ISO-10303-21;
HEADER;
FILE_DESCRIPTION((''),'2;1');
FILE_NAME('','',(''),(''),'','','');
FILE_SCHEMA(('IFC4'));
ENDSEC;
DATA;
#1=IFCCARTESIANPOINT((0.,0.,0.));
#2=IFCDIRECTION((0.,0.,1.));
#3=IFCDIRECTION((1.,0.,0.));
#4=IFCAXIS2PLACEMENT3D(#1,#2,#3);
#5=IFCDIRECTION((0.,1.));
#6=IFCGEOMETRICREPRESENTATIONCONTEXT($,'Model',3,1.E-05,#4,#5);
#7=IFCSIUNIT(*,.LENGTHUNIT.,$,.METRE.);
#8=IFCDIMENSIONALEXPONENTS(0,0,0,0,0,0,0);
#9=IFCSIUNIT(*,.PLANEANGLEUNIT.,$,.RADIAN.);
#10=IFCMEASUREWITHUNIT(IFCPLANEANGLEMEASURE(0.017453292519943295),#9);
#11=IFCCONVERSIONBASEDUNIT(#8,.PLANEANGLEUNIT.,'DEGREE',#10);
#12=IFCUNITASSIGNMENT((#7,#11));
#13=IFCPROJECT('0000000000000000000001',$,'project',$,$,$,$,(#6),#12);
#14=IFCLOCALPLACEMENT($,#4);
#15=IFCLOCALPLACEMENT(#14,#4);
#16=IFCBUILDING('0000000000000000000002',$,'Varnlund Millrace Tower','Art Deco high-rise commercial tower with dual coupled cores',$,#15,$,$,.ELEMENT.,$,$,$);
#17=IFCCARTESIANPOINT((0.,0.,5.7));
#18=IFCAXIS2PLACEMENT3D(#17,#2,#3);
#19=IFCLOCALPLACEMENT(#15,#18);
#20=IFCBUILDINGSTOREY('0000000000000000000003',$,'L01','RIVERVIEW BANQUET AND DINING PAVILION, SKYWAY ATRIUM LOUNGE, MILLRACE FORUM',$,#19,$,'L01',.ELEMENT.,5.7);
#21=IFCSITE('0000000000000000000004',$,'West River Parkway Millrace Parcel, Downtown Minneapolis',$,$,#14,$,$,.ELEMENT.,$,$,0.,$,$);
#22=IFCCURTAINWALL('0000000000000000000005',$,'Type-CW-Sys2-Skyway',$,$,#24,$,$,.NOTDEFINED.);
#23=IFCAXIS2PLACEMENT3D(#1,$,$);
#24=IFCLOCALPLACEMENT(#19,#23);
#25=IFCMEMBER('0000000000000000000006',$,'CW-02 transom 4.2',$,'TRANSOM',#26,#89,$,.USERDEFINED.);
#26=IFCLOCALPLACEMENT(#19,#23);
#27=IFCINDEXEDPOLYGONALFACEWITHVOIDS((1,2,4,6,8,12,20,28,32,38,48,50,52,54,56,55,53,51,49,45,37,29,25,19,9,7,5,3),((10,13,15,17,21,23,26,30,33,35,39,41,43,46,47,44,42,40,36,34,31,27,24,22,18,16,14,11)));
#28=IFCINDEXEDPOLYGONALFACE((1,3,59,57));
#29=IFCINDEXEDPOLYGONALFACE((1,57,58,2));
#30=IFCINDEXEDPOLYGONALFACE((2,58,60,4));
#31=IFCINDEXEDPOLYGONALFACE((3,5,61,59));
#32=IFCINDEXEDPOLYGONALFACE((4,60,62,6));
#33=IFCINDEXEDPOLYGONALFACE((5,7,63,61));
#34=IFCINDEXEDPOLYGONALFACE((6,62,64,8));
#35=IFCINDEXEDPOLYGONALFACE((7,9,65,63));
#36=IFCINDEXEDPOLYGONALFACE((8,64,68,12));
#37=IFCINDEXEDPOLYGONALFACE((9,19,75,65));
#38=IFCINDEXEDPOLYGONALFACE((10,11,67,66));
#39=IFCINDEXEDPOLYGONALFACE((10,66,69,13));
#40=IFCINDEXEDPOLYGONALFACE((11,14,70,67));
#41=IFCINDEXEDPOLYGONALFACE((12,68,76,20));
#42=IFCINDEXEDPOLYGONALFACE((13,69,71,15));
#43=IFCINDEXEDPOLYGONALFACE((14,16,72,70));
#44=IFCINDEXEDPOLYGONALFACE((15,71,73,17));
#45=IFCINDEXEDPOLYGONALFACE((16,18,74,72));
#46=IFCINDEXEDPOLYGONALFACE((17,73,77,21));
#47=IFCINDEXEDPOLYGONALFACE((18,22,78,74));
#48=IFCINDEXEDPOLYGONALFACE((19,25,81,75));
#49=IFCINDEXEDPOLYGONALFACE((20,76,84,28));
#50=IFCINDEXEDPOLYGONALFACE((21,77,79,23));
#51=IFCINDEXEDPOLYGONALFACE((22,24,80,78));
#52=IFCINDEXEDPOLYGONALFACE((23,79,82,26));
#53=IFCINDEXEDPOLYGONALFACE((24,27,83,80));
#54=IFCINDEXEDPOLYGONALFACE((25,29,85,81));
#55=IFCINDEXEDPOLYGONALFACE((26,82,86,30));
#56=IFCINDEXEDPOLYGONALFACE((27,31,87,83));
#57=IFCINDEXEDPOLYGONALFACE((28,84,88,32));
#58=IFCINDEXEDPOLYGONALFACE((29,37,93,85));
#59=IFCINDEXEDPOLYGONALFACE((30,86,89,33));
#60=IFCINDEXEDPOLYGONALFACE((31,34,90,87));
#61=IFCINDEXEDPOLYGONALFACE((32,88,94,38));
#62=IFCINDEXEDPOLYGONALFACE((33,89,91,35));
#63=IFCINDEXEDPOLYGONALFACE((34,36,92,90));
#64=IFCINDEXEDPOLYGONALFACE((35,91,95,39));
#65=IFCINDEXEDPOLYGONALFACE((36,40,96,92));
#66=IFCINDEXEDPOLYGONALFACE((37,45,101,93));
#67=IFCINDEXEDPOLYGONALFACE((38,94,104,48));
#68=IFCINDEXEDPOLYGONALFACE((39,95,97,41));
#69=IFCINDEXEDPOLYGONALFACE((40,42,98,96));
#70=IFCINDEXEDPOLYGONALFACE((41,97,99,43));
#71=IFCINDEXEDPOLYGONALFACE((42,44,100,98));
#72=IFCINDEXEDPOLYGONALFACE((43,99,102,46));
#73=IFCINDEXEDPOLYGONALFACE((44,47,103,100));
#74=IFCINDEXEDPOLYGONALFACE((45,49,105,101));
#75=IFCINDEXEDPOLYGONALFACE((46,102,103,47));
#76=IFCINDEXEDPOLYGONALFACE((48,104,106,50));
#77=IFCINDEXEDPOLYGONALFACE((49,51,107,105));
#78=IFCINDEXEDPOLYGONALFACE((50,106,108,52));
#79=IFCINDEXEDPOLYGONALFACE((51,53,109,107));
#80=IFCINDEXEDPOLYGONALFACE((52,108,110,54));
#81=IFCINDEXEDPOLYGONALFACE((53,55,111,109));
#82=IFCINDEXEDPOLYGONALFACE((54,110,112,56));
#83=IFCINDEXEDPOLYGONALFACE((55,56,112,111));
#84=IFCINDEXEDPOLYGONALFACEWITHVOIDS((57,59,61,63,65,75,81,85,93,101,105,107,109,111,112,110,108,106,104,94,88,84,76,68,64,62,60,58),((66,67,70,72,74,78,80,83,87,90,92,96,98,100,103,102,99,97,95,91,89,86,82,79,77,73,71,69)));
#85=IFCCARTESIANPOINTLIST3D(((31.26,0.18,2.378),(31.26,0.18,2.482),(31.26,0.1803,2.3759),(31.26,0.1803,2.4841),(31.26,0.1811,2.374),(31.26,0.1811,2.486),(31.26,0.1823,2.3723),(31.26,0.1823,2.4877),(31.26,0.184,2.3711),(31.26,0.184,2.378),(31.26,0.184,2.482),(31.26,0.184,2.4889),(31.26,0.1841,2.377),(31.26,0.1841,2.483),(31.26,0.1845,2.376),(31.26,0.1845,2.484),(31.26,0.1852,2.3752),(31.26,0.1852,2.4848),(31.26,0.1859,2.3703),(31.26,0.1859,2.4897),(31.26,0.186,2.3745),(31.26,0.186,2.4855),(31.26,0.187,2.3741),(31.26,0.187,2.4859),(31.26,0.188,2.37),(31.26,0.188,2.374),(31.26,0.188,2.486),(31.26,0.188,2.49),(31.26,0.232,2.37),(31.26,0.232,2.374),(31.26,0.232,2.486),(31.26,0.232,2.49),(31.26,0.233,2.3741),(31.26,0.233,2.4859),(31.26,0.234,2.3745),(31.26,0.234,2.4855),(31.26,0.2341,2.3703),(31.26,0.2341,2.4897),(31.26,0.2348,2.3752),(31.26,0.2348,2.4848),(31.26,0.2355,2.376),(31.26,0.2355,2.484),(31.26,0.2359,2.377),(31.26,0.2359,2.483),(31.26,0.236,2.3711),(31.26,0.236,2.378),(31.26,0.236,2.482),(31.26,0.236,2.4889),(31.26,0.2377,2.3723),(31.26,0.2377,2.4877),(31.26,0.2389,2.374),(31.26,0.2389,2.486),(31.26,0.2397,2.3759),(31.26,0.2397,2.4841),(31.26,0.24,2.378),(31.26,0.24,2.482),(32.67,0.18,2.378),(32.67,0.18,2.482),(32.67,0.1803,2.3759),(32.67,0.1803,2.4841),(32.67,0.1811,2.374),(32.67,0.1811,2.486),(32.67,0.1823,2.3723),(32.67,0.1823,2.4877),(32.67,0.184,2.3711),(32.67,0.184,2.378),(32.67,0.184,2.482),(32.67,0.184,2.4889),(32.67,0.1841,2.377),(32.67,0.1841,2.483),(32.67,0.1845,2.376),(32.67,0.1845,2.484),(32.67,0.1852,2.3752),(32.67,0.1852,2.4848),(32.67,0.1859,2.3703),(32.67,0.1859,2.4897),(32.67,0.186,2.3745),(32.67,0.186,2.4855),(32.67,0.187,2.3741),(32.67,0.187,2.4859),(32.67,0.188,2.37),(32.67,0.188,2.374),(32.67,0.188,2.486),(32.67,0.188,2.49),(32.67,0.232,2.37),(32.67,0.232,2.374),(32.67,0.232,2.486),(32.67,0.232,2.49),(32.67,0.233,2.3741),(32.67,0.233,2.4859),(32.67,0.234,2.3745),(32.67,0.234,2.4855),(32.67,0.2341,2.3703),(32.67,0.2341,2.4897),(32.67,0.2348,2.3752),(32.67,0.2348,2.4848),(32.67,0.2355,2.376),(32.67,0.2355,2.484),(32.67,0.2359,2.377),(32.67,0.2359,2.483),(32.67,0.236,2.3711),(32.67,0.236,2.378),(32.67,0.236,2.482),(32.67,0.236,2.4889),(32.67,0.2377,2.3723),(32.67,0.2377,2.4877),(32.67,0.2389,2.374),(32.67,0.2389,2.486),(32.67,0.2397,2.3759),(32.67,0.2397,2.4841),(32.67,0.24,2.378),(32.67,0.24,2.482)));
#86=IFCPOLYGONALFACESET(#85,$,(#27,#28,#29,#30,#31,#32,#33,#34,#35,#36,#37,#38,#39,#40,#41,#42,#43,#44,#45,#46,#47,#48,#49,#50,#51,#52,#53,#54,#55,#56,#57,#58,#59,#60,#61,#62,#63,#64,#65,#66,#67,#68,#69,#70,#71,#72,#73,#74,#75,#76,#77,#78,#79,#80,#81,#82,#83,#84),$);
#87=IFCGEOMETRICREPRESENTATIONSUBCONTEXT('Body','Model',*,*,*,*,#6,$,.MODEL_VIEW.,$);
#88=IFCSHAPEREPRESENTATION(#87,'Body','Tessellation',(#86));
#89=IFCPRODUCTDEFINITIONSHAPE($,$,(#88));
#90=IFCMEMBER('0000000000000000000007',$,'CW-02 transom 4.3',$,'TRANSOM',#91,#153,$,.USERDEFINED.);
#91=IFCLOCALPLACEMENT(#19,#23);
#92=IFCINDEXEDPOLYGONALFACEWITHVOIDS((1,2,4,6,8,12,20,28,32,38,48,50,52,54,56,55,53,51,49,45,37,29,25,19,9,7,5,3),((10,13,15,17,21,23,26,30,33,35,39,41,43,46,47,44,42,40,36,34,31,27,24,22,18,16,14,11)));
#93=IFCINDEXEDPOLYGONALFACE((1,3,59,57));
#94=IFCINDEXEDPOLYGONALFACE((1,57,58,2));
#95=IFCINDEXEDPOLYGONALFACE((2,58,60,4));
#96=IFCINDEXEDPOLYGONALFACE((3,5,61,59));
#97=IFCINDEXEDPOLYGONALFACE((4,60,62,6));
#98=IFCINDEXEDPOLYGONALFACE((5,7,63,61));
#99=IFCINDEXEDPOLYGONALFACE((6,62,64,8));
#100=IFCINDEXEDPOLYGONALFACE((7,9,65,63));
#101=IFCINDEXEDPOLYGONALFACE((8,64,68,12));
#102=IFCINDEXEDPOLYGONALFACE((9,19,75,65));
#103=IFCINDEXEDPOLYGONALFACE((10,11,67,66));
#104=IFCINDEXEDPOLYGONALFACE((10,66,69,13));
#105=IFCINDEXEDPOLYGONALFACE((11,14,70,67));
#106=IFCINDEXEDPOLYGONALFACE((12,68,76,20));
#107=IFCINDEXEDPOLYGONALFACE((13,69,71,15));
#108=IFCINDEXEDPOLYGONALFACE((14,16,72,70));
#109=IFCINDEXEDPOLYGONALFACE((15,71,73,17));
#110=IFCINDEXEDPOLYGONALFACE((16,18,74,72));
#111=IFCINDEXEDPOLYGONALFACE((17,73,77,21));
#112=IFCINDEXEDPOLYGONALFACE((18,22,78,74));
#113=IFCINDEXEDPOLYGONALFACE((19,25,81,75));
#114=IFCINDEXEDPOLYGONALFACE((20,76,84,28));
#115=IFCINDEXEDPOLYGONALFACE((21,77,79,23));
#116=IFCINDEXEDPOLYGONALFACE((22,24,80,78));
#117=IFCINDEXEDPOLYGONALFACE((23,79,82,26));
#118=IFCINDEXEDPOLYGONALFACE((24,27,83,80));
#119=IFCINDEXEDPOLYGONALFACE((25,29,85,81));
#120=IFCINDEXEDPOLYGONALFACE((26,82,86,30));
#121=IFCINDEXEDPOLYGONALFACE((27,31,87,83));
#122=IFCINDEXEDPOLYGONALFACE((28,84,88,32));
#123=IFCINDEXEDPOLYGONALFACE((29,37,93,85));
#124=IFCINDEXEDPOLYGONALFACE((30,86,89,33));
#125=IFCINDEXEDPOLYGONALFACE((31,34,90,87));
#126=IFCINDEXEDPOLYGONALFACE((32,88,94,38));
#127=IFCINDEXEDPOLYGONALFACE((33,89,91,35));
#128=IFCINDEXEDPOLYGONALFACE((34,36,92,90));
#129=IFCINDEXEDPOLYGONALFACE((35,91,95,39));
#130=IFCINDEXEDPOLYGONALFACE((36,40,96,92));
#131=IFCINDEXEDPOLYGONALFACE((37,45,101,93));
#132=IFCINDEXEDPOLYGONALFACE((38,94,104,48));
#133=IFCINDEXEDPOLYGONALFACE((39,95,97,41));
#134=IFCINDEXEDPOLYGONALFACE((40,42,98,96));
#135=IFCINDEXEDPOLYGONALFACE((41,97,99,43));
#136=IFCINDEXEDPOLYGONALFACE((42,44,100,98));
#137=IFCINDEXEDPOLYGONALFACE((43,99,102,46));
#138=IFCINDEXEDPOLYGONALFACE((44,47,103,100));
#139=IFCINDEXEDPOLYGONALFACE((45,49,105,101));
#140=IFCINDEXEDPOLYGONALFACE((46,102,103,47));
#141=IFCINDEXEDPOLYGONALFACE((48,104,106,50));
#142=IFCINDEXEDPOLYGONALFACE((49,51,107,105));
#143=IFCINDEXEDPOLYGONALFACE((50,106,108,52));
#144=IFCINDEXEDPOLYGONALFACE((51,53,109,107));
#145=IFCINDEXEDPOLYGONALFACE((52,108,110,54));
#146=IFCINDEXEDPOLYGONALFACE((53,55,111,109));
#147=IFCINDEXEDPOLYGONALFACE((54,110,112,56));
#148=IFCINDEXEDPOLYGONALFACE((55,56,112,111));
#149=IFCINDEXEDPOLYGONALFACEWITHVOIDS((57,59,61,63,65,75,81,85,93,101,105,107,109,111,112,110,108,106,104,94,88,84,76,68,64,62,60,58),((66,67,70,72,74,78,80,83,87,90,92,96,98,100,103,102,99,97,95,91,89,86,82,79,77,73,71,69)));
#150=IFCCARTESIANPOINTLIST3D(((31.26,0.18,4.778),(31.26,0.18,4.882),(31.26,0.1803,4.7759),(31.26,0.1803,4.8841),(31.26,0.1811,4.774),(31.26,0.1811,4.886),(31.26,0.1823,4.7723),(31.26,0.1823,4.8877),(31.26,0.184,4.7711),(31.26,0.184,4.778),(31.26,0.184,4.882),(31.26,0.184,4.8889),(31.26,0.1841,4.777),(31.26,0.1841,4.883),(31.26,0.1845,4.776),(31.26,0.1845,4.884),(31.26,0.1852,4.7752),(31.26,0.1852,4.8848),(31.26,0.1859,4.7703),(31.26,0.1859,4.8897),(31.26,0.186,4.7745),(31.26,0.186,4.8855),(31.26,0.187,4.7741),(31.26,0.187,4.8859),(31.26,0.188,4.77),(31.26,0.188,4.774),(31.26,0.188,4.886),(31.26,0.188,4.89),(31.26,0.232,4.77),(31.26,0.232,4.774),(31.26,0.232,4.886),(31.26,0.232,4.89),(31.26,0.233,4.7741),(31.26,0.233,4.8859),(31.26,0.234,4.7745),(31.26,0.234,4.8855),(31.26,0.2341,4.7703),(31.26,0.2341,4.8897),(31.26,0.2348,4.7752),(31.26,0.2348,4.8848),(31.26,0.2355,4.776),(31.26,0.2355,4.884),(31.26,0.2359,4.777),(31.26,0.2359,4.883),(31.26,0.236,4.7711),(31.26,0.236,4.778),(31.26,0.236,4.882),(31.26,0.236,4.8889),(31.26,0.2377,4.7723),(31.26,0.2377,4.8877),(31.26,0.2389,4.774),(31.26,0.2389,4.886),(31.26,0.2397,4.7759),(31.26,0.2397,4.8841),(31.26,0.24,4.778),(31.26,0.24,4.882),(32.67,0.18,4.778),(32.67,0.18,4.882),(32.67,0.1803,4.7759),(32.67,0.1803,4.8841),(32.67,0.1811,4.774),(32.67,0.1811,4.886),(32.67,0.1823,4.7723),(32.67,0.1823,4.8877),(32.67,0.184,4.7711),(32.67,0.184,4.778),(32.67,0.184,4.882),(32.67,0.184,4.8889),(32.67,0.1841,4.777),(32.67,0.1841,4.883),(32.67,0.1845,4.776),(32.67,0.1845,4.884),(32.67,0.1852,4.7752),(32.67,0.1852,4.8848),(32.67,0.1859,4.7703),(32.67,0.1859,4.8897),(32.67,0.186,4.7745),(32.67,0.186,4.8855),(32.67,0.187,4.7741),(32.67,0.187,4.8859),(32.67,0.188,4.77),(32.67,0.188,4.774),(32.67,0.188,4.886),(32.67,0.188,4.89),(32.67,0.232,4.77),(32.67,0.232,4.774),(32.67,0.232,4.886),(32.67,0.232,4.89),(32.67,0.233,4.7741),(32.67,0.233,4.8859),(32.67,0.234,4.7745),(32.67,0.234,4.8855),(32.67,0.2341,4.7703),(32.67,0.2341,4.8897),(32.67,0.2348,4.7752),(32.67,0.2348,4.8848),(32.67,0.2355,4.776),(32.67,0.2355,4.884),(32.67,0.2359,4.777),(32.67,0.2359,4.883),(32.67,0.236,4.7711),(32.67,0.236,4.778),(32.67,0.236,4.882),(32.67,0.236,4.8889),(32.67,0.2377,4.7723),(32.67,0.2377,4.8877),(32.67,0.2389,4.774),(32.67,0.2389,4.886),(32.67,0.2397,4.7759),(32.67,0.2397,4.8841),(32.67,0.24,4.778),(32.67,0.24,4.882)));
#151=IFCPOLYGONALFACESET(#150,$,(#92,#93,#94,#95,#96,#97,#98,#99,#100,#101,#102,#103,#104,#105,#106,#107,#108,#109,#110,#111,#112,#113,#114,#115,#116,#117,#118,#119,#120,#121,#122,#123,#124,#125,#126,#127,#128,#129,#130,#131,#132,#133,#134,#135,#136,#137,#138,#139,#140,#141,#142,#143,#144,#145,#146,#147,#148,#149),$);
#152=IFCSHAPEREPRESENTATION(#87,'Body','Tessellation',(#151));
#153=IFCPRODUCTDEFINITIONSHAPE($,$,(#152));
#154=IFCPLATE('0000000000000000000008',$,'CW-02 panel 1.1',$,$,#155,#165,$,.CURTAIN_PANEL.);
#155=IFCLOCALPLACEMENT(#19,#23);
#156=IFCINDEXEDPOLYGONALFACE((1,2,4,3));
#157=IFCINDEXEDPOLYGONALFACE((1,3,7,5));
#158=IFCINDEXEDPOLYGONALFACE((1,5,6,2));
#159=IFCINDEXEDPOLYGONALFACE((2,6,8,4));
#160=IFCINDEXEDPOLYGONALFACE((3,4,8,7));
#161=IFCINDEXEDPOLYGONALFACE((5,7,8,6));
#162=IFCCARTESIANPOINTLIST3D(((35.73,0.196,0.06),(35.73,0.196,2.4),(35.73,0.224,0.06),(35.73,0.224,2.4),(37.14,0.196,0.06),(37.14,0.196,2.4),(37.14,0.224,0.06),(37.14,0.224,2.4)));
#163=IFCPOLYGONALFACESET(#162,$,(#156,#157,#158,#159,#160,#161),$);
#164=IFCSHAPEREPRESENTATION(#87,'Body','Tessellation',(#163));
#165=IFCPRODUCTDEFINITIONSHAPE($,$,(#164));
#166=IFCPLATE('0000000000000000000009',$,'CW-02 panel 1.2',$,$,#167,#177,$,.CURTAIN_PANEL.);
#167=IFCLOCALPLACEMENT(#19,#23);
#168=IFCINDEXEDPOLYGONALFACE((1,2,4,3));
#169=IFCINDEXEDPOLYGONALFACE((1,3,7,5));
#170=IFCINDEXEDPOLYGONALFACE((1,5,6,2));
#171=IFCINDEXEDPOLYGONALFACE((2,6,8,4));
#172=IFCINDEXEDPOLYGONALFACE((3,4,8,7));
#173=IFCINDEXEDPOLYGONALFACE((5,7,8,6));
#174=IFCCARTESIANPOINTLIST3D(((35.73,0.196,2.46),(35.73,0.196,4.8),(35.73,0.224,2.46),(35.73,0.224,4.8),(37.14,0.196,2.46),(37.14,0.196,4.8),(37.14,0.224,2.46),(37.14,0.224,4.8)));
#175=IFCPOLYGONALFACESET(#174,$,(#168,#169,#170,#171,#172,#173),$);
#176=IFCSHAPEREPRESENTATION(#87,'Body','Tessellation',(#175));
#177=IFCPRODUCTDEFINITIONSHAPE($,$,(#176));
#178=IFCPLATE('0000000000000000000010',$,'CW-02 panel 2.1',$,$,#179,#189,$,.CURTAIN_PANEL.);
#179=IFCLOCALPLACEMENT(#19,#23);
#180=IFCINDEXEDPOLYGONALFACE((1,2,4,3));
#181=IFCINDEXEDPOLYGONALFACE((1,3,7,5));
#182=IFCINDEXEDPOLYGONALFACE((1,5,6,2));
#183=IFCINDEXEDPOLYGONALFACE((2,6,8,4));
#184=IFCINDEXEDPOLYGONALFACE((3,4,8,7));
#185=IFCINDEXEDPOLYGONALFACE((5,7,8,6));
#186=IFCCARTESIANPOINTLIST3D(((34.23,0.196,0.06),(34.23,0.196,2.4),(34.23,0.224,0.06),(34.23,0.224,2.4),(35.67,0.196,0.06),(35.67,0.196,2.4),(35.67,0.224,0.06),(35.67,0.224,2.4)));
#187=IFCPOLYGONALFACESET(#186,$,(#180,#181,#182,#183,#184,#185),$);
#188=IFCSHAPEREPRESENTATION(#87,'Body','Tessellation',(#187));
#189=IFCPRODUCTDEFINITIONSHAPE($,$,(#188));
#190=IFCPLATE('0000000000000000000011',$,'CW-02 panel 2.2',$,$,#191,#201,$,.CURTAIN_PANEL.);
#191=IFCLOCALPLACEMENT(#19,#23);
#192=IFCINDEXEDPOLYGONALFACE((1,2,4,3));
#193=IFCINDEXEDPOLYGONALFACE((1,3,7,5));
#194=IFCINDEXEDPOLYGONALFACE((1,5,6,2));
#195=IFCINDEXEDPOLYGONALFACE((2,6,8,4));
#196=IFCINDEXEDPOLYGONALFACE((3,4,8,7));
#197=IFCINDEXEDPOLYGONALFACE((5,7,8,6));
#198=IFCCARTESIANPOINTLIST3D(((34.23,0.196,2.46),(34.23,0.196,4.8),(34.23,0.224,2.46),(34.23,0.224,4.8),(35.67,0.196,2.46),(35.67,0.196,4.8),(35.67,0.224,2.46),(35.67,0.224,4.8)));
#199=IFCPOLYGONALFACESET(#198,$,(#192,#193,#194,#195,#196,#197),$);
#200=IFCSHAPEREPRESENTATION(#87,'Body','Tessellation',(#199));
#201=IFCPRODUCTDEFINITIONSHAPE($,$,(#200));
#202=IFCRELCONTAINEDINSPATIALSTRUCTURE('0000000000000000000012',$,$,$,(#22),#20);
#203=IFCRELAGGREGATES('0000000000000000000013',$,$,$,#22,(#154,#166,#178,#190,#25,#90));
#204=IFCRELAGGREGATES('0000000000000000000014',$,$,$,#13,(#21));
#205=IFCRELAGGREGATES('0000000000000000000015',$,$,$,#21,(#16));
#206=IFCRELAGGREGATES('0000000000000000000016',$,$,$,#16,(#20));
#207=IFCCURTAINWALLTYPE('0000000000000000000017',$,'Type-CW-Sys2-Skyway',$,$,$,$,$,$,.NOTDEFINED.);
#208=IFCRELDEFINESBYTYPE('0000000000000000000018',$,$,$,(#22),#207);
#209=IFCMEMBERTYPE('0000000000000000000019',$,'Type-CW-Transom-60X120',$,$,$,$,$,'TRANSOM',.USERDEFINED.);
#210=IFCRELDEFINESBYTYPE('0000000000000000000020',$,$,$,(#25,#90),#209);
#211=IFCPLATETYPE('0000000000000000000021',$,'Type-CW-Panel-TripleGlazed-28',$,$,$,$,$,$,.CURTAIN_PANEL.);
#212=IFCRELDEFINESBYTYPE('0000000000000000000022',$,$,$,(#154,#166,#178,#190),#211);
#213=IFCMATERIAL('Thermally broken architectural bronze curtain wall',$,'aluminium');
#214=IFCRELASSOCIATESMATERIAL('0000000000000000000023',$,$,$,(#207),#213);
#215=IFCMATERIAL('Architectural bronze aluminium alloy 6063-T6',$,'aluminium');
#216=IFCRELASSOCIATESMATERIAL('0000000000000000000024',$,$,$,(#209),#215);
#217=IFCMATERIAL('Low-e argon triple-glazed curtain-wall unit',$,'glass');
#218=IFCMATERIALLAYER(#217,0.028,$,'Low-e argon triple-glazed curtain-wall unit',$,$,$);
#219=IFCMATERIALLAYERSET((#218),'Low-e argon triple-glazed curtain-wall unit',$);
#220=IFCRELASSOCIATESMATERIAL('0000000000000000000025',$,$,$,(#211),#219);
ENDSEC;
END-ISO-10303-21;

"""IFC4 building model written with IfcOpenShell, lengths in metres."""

from ifc_helpers import new_model, entity, si_unit, converted_unit, direction, frame, origin_with_axes, origin_2d_with_axis, place, context, subcontext, project, spatial, rectangle, hollow_rectangle, extrude, material, layer, layer_set, material_profile, profile_set, type_object, element, aggregate, save


model = new_model("IFC4")

# Units and contexts
model_context = context("Model", 3, precision=1e-05, world=origin_with_axes(), true_north=direction((0.0, 1.0)))
body_context = subcontext(model_context, "Body", "Model", "MODEL_VIEW")
ifc_project = project(units=[si_unit("LENGTHUNIT", "METRE"), converted_unit("PLANEANGLEUNIT", "DEGREE", entity("IfcPlaneAngleMeasure", 0.017453292519943295), si_unit("PLANEANGLEUNIT", "RADIAN"), dimensions=[0, 0, 0, 0, 0, 0, 0])], contexts=[model_context])

# Site, building, storey
site_placement = place(None, origin_with_axes())
site = spatial("IfcSite", under=ifc_project, at=site_placement, Name="West River Parkway Millrace Parcel, Downtown Minneapolis", CompositionType="ELEMENT", RefElevation=0.0)
building_placement = place(site_placement, origin_with_axes())
building = spatial("IfcBuilding", under=site, at=building_placement, Name="Varnlund Millrace Tower", Description="Art Deco high-rise commercial tower with dual coupled cores", CompositionType="ELEMENT")
storey_placement = place(building_placement, frame((0.0, 0.0, 5.7), z_axis=(0.0, 0.0, 1.0), x_axis=(1.0, 0.0, 0.0)))
storey = spatial("IfcBuildingStorey", under=building, at=storey_placement, Name="L01", Description="RIVERVIEW BANQUET AND DINING PAVILION, SKYWAY ATRIUM LOUNGE, MILLRACE FORUM", LongName="L01", CompositionType="ELEMENT", Elevation=5.7)

# Curtain wall, members, plates
ifc_material_1 = material(Name="Thermally broken architectural bronze curtain wall", Category="aluminium")
curtain_wall_type = type_object("IfcCurtainWallType", Name="Type-CW-Sys2-Skyway", PredefinedType="NOTDEFINED", material=ifc_material_1)
curtain_wall_placement = place(storey_placement, frame((37.2, 0.21, 0.0), z_axis=(0.0, 0.0, 1.0), x_axis=(1.0, 0.0, 0.0)))
curtain_wall = element("IfcCurtainWall", 1, at=curtain_wall_placement, inside=storey, type_object=curtain_wall_type, Name="Type-CW-Sys2-Skyway", PredefinedType="NOTDEFINED")
ifc_material_2 = material(Name="Architectural bronze aluminium alloy 6063-T6", Category="aluminium")
ifc_material_profile_1 = material_profile(ifc_material_2, hollow_rectangle(XDim=0.06, YDim=0.12, WallThickness=0.004, InnerFilletRadius=0.004, OuterFilletRadius=0.008, at=origin_2d_with_axis()), Name="Architectural bronze aluminium alloy 6063-T6")
ifc_profile_set_1 = profile_set([ifc_material_profile_1], Name="Architectural bronze aluminium alloy 6063-T6")
member_type_1 = type_object("IfcMemberType", Name="Type-CW-Transom-60X120", ElementType="TRANSOM", PredefinedType="USERDEFINED", material=ifc_profile_set_1)
member_1_placement = place(storey_placement, frame((32.67, 0.21, 2.43), z_axis=(-1.0, 0.0, 0.0), x_axis=(0.0, -1.0, 0.0)))
member_1 = element("IfcMember", 2, at=member_1_placement, type_object=member_type_1, Name="CW-02 transom 4.2", ObjectType="TRANSOM", PredefinedType="USERDEFINED", context=body_context, shape_type="SweptSolid", body=[
    extrude(hollow_rectangle(XDim=0.06, YDim=0.12, WallThickness=0.004, InnerFilletRadius=0.004, OuterFilletRadius=0.008, at=origin_2d_with_axis()), origin_with_axes(), (0.0, 0.0, 1.0), 1.41),
])
member_2_placement = place(storey_placement, frame((32.67, 0.21, 4.83), z_axis=(-1.0, 0.0, 0.0), x_axis=(0.0, -1.0, 0.0)))
member_2 = element("IfcMember", 3, at=member_2_placement, type_object=member_type_1, Name="CW-02 transom 4.3", ObjectType="TRANSOM", PredefinedType="USERDEFINED", context=body_context, shape_type="SweptSolid", body=[
    extrude(hollow_rectangle(XDim=0.06, YDim=0.12, WallThickness=0.004, InnerFilletRadius=0.004, OuterFilletRadius=0.008, at=origin_2d_with_axis()), origin_with_axes(), (0.0, 0.0, 1.0), 1.41),
])
ifc_material_3 = material(Name="Low-e argon triple-glazed curtain-wall unit", Category="glass")
ifc_layer_1 = layer(ifc_material_3, 0.028, Name="Low-e argon triple-glazed curtain-wall unit")
ifc_layer_set_1 = layer_set([ifc_layer_1], Name="Low-e argon triple-glazed curtain-wall unit")
plate_type = type_object("IfcPlateType", Name="Type-CW-Panel-TripleGlazed-28", PredefinedType="CURTAIN_PANEL", material=ifc_layer_set_1)
plate_1_placement = place(storey_placement, frame((36.435, 0.21, 0.06), z_axis=(0.0, 0.0, 1.0), x_axis=(-1.0, 0.0, 0.0)))
plate_1 = element("IfcPlate", 4, at=plate_1_placement, type_object=plate_type, Name="CW-02 panel 1.1", PredefinedType="CURTAIN_PANEL", context=body_context, shape_type="SweptSolid", body=[
    extrude(rectangle(XDim=1.41, YDim=0.028, at=origin_2d_with_axis()), origin_with_axes(), (0.0, 0.0, 1.0), 2.34),
])
plate_2_placement = place(storey_placement, frame((36.435, 0.21, 2.46), z_axis=(0.0, 0.0, 1.0), x_axis=(-1.0, 0.0, 0.0)))
plate_2 = element("IfcPlate", 5, at=plate_2_placement, type_object=plate_type, Name="CW-02 panel 1.2", PredefinedType="CURTAIN_PANEL", context=body_context, shape_type="SweptSolid", body=[
    extrude(rectangle(XDim=1.41, YDim=0.028, at=origin_2d_with_axis()), origin_with_axes(), (0.0, 0.0, 1.0), 2.34),
])
plate_3_placement = place(storey_placement, frame((34.95, 0.21, 0.06), z_axis=(0.0, 0.0, 1.0), x_axis=(-1.0, 0.0, 0.0)))
plate_3 = element("IfcPlate", 6, at=plate_3_placement, type_object=plate_type, Name="CW-02 panel 2.1", PredefinedType="CURTAIN_PANEL", context=body_context, shape_type="SweptSolid", body=[
    extrude(rectangle(XDim=1.44, YDim=0.028, at=origin_2d_with_axis()), origin_with_axes(), (0.0, 0.0, 1.0), 2.34),
])
plate_4_placement = place(storey_placement, frame((34.95, 0.21, 2.46), z_axis=(0.0, 0.0, 1.0), x_axis=(-1.0, 0.0, 0.0)))
plate_4 = element("IfcPlate", 7, at=plate_4_placement, type_object=plate_type, Name="CW-02 panel 2.2", PredefinedType="CURTAIN_PANEL", context=body_context, shape_type="SweptSolid", body=[
    extrude(rectangle(XDim=1.44, YDim=0.028, at=origin_2d_with_axis()), origin_with_axes(), (0.0, 0.0, 1.0), 2.34),
])
aggregate(curtain_wall, [plate_1, plate_2, plate_3, plate_4, member_1, member_2])

save(model, "model.ifc")
